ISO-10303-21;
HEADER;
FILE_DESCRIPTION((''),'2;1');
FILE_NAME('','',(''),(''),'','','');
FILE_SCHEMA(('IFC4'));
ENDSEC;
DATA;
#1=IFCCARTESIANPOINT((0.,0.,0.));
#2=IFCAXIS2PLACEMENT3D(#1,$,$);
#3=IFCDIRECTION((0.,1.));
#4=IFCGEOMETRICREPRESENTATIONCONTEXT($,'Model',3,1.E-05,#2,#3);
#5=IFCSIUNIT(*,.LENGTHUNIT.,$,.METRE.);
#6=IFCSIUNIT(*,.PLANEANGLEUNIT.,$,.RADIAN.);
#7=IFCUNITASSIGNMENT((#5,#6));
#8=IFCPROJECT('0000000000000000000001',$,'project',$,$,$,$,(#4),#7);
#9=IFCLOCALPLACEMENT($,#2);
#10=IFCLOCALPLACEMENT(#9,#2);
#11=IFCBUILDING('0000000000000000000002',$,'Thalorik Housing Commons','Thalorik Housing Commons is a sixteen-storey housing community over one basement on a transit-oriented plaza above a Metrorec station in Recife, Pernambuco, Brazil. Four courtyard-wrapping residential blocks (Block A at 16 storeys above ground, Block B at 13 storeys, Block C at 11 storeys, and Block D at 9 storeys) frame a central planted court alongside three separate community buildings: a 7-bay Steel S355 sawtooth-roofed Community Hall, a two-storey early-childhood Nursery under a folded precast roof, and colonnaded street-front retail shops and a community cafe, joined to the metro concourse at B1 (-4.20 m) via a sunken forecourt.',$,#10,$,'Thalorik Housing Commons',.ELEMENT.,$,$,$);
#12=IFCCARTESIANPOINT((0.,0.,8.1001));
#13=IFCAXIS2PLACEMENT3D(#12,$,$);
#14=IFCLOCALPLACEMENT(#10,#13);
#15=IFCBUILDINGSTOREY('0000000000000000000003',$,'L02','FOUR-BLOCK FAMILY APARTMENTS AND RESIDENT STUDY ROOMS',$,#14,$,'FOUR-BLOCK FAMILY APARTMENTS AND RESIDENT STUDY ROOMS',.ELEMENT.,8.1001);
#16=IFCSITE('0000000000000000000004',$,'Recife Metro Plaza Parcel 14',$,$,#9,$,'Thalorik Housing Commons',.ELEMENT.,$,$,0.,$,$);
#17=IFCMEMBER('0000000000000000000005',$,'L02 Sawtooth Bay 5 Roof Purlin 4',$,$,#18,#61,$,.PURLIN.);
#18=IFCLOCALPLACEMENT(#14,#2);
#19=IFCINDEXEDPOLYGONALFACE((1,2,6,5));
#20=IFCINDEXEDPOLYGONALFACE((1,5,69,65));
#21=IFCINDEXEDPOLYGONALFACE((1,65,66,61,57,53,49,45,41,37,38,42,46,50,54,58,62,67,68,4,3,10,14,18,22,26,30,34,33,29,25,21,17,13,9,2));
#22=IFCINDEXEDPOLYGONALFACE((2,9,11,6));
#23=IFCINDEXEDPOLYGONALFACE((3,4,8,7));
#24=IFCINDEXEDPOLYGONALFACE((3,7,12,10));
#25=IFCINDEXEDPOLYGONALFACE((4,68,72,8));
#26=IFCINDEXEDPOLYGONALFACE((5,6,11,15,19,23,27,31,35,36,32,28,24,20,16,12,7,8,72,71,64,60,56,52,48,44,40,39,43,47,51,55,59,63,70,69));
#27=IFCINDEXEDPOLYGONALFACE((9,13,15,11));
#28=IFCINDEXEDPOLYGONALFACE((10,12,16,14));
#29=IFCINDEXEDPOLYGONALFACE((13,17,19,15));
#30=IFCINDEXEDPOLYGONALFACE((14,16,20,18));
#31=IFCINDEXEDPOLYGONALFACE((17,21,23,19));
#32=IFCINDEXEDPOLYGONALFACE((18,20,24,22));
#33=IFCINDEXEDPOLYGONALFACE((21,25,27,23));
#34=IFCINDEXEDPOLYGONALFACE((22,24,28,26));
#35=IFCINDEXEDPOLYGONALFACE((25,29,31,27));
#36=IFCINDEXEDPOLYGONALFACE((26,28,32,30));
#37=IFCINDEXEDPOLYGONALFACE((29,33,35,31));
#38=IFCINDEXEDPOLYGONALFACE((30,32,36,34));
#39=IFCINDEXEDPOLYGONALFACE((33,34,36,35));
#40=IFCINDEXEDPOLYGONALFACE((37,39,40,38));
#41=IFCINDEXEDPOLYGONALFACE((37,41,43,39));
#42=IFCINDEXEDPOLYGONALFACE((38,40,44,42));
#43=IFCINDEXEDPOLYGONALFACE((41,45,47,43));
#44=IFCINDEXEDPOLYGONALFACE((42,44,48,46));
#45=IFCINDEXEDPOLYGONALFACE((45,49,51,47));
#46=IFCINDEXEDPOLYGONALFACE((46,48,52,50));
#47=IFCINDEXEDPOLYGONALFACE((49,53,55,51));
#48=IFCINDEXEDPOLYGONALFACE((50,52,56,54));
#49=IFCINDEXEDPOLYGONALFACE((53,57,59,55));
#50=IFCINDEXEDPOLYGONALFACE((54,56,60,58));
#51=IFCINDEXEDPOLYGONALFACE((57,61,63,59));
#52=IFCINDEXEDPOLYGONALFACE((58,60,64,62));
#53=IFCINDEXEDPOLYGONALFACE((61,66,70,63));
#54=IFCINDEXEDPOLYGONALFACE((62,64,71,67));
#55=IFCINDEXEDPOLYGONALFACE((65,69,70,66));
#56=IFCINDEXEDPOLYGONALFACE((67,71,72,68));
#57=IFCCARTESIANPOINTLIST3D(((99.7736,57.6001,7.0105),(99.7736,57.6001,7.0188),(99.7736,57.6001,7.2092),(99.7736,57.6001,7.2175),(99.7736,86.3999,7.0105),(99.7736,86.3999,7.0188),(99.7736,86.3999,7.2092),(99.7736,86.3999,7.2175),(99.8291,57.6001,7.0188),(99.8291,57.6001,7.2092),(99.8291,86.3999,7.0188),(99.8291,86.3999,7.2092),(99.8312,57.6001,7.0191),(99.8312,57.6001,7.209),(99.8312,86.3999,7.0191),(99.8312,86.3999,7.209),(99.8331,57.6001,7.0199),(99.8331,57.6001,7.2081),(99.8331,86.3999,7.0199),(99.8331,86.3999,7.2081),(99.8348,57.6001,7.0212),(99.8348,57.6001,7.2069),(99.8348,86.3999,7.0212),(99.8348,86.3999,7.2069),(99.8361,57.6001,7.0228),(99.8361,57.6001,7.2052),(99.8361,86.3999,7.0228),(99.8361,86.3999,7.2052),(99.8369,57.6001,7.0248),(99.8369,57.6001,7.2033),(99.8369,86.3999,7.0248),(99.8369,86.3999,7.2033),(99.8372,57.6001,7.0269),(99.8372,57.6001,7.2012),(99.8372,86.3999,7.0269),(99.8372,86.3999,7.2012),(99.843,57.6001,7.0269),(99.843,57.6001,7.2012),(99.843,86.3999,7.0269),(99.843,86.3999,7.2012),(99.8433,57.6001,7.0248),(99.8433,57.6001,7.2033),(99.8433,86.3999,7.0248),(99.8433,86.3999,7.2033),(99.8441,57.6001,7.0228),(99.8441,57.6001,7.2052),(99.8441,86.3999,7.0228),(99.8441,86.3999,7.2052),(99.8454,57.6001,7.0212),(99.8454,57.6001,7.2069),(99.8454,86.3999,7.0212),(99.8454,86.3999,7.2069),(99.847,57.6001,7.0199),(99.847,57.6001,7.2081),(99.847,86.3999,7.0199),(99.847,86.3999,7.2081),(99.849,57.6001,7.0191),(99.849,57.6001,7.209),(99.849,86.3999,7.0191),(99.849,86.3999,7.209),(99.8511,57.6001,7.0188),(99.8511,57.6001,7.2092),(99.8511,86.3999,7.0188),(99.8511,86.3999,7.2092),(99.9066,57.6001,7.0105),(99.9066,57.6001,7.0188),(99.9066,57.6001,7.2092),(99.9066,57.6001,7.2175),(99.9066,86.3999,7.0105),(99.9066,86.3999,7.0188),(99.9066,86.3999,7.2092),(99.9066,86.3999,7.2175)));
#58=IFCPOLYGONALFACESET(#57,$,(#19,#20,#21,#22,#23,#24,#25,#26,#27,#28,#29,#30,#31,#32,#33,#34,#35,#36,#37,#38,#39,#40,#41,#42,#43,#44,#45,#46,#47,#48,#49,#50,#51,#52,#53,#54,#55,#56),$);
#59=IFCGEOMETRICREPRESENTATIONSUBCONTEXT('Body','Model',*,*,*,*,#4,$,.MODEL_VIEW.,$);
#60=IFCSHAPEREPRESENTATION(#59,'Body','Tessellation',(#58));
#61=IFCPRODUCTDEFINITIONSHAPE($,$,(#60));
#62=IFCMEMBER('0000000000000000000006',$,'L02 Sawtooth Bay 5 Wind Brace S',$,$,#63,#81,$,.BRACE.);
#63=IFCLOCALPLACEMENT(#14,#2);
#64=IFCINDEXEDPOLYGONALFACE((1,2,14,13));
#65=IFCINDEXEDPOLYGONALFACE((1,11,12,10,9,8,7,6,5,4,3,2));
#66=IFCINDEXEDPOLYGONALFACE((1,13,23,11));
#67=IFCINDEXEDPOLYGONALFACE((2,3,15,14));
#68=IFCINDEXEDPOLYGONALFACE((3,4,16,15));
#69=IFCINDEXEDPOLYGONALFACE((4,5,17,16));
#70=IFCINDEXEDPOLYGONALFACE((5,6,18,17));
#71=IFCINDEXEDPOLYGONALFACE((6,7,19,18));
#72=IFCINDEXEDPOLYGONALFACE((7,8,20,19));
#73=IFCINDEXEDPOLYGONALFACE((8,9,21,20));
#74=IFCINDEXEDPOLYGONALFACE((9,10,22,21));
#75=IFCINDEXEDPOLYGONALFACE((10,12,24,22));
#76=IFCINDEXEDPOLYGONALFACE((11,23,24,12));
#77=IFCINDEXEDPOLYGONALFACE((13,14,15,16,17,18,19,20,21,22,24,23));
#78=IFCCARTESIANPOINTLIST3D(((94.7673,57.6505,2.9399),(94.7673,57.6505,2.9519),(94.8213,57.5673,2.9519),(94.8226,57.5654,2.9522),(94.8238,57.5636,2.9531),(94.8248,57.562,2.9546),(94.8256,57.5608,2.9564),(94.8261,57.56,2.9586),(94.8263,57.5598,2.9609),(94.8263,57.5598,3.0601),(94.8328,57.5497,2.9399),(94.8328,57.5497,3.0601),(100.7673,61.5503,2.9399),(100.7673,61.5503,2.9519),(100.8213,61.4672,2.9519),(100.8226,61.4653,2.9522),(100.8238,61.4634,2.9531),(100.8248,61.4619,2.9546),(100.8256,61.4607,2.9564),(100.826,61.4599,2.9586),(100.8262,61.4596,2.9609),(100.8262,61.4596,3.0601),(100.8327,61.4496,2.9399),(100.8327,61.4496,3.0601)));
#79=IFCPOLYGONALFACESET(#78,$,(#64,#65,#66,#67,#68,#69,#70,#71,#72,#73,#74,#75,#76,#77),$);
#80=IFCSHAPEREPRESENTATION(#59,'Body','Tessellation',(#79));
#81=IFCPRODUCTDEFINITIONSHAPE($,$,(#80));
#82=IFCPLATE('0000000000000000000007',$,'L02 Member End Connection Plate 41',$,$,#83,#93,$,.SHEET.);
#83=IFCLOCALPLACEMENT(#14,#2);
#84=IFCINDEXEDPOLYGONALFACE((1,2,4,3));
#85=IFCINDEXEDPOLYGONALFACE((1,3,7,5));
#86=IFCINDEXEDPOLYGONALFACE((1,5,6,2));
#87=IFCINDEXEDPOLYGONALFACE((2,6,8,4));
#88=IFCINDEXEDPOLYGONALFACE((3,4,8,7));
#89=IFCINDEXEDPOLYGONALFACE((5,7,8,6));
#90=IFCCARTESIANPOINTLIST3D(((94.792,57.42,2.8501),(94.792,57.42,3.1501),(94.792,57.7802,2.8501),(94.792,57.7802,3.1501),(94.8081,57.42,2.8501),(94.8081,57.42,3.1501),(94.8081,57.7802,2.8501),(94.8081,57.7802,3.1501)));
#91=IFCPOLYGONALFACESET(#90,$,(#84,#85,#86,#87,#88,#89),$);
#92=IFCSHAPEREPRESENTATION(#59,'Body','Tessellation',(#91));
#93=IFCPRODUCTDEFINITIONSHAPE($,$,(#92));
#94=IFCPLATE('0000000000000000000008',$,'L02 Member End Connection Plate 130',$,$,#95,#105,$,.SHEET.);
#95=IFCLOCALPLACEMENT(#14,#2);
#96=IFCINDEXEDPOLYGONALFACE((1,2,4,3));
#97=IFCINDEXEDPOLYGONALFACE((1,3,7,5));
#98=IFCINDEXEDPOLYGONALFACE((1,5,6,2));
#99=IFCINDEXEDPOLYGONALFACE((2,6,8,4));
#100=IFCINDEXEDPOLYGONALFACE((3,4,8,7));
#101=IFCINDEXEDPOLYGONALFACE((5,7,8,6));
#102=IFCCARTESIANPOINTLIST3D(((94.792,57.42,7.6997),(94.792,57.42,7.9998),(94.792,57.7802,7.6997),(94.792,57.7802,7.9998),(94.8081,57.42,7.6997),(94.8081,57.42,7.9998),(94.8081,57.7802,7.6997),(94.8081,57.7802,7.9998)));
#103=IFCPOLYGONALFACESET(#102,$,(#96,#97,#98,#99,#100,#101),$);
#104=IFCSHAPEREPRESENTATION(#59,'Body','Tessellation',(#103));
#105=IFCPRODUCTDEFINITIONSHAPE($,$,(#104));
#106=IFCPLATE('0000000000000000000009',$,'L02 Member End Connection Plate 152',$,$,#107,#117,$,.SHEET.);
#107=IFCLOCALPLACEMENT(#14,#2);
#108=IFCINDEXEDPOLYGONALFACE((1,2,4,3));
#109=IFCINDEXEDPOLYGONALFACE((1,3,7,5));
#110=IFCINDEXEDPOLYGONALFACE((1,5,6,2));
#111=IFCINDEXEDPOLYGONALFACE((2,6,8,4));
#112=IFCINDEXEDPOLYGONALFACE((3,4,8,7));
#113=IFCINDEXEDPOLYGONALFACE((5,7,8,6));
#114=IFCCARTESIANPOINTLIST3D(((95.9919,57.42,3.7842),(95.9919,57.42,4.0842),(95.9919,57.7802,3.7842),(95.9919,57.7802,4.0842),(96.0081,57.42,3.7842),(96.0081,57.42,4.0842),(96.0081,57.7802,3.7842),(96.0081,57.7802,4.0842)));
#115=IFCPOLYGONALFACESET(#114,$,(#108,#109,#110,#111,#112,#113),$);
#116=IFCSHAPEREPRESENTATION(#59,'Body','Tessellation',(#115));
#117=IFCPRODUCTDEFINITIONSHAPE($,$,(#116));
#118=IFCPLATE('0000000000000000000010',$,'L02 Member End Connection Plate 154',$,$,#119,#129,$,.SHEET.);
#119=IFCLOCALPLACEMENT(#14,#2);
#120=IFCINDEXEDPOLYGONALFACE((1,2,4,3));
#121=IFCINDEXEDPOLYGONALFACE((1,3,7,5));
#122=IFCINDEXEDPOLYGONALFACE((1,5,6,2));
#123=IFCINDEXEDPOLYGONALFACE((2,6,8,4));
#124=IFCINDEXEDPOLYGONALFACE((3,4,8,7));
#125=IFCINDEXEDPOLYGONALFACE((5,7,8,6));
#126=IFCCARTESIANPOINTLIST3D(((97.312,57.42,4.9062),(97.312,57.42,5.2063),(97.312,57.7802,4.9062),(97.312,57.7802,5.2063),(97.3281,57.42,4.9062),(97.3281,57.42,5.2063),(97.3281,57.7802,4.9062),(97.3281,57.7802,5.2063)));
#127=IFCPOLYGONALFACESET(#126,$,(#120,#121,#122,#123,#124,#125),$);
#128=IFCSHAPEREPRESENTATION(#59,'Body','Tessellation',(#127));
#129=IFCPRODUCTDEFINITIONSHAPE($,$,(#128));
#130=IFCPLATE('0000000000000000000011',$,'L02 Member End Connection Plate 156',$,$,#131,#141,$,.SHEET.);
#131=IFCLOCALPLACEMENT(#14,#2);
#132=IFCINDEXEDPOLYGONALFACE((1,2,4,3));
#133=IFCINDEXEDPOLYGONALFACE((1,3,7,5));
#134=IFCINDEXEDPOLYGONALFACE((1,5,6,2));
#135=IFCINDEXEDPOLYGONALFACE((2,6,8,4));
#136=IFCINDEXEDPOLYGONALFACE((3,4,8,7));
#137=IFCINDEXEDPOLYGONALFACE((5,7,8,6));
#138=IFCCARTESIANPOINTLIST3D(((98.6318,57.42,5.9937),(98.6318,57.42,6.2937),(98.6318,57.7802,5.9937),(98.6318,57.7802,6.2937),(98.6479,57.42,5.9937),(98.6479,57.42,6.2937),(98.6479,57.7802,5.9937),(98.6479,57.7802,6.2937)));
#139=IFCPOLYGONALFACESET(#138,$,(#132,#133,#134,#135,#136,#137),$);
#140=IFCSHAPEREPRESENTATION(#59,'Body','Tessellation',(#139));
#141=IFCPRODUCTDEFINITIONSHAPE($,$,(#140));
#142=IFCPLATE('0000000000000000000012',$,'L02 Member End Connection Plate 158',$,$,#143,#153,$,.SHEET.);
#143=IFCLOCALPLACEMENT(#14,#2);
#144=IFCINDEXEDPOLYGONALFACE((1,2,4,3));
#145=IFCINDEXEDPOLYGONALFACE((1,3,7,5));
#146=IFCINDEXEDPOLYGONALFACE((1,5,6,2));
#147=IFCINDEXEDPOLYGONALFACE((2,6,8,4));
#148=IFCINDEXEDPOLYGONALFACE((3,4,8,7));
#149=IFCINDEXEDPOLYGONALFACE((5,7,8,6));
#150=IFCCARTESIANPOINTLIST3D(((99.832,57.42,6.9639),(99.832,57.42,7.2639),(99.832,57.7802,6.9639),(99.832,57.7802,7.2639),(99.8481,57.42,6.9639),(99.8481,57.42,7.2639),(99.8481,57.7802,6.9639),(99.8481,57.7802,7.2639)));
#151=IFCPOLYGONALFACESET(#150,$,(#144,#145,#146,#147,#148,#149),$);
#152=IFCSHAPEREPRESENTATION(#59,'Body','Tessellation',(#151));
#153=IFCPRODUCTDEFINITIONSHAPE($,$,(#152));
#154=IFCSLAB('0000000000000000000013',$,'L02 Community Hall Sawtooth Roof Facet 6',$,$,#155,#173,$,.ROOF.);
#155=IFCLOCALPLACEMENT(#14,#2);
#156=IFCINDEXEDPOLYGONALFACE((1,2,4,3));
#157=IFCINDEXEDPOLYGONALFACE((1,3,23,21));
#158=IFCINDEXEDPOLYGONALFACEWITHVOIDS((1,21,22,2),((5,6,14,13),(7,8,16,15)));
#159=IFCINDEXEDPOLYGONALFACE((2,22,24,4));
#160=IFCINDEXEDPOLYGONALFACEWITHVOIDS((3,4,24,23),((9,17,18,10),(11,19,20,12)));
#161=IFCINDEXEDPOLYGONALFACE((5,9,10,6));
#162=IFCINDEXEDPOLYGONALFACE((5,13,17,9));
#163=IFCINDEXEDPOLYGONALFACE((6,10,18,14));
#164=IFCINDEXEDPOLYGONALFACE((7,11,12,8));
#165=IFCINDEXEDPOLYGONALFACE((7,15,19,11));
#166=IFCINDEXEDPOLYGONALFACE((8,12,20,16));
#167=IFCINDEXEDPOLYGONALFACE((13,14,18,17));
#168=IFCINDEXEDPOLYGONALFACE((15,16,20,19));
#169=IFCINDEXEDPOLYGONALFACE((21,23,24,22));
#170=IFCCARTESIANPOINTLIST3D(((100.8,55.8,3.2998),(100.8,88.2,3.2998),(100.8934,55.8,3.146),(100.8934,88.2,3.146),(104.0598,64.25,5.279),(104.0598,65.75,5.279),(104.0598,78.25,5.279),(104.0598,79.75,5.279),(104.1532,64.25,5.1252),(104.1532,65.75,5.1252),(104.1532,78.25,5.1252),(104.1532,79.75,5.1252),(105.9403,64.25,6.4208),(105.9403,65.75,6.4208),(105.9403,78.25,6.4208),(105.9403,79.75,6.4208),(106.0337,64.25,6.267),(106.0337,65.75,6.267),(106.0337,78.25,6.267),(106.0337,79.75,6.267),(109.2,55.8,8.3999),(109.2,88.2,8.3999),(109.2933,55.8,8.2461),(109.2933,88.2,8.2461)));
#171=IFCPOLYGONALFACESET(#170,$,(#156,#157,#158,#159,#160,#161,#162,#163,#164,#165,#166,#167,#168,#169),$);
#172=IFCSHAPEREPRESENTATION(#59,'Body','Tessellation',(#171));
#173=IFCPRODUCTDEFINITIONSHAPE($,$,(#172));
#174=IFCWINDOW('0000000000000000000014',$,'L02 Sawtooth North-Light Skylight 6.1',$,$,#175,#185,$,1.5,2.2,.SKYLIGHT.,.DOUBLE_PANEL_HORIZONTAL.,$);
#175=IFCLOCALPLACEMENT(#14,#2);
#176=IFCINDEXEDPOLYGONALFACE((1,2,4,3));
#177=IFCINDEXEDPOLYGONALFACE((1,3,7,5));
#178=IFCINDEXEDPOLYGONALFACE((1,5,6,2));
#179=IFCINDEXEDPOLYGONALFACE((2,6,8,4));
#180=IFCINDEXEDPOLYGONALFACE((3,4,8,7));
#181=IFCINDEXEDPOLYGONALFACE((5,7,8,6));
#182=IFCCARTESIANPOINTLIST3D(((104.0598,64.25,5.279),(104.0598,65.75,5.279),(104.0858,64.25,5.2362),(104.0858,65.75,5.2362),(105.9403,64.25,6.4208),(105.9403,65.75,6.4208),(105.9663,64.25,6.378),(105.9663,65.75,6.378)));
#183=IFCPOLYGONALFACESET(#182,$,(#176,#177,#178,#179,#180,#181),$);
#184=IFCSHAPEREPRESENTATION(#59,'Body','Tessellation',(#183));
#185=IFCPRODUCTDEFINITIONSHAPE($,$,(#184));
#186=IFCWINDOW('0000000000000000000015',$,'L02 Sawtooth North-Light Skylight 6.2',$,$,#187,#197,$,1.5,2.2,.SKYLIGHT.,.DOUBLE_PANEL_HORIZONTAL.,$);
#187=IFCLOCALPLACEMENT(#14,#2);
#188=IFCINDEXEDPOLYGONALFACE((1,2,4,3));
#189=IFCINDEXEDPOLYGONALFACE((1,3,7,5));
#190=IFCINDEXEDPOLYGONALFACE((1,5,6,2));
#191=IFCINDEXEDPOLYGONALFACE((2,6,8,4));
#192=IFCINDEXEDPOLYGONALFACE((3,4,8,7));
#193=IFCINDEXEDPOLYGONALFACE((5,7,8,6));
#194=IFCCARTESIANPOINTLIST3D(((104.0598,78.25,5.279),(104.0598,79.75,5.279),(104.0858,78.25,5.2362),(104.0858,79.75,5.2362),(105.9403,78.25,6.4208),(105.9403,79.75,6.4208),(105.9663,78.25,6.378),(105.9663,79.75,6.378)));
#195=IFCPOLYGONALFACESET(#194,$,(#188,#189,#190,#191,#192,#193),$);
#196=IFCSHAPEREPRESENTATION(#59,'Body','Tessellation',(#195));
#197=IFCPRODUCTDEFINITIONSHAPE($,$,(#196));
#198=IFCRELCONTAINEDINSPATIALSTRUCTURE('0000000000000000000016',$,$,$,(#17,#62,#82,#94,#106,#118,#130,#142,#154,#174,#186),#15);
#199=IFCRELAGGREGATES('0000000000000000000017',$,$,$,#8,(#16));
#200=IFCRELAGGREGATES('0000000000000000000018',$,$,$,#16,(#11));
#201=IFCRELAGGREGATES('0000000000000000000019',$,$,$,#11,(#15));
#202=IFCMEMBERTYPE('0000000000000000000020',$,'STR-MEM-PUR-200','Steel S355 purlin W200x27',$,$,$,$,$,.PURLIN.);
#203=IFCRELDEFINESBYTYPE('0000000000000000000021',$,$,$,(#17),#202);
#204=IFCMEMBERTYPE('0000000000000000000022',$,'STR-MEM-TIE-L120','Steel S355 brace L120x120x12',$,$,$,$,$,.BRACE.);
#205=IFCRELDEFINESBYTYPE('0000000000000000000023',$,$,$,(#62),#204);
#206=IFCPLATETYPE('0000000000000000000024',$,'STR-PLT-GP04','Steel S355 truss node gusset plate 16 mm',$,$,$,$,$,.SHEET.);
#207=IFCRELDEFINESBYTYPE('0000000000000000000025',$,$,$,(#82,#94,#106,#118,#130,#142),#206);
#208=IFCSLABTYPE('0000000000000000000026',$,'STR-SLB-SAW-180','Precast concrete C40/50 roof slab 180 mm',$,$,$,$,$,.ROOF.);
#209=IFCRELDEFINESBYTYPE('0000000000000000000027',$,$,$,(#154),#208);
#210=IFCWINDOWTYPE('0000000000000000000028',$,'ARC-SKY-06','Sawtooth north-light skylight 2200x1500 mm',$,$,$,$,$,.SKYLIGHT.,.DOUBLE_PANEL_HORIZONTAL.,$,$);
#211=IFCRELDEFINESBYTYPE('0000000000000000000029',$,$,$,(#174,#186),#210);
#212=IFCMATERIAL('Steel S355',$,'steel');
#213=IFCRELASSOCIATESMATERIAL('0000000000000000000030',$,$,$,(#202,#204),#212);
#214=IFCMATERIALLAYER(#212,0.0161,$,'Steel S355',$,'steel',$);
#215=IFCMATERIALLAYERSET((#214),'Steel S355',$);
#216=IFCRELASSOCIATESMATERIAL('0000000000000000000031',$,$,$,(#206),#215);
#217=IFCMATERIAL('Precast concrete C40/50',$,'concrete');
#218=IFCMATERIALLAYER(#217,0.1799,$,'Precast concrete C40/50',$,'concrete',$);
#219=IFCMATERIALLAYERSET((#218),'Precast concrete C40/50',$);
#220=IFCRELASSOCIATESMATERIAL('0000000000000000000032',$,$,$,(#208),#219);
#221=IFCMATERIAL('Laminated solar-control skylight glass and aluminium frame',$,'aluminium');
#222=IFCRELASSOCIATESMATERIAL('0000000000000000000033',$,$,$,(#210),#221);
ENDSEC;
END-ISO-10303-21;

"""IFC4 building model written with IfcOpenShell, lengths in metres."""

from ifc_helpers import new_model, si_unit, direction, frame, origin, origin_2d, place, context, subcontext, project, spatial, polyline, rectangle, i_section, l_section, outline, extrude, material, layer, layer_set, material_profile, profile_set, type_object, element, fill, save


model = new_model("IFC4")

# Units and contexts
model_context = context("Model", 3, precision=1e-05, world=origin(), true_north=direction((0.0, 1.0)))
body_context = subcontext(model_context, "Body", "Model", "MODEL_VIEW")
ifc_project = project(units=[si_unit("LENGTHUNIT", "METRE"), si_unit("PLANEANGLEUNIT", "RADIAN")], contexts=[model_context])

# Site, building, storey
site_placement = place(None, origin())
site = spatial("IfcSite", under=ifc_project, at=site_placement, Name="Recife Metro Plaza Parcel 14", LongName="Thalorik Housing Commons", CompositionType="ELEMENT", RefElevation=0.0)
building_placement = place(site_placement, origin())
building = spatial("IfcBuilding", under=site, at=building_placement, Name="Thalorik Housing Commons", Description="Thalorik Housing Commons is a sixteen-storey housing community over one basement on a transit-oriented plaza above a Metrorec station in Recife, Pernambuco, Brazil. Four courtyard-wrapping residential blocks (Block A at 16 storeys above ground, Block B at 13 storeys, Block C at 11 storeys, and Block D at 9 storeys) frame a central planted court alongside three separate community buildings: a 7-bay Steel S355 sawtooth-roofed Community Hall, a two-storey early-childhood Nursery under a folded precast roof, and colonnaded street-front retail shops and a community cafe, joined to the metro concourse at B1 (-4.20 m) via a sunken forecourt.", LongName="Thalorik Housing Commons", CompositionType="ELEMENT")
storey_placement = place(building_placement, frame((0.0, 0.0, 8.1001)))
storey = spatial("IfcBuildingStorey", under=building, at=storey_placement, Name="L02", Description="FOUR-BLOCK FAMILY APARTMENTS AND RESIDENT STUDY ROOMS", LongName="FOUR-BLOCK FAMILY APARTMENTS AND RESIDENT STUDY ROOMS", CompositionType="ELEMENT", Elevation=8.1001)

# Shared definitions
ifc_material_1 = material(Name="Steel S355", Category="steel")

# Members
ifc_material_profile_1 = material_profile(ifc_material_1, i_section(OverallWidth=0.1331, OverallDepth=0.207, WebThickness=0.0059, FlangeThickness=0.0083, FilletRadius=0.0081, at=origin_2d()), Name="W200x27", Category="steel")
ifc_profile_set_1 = profile_set([ifc_material_profile_1], Name="Steel S355")
member_type_1 = type_object("IfcMemberType", Name="STR-MEM-PUR-200", Description="Steel S355 purlin W200x27", PredefinedType="PURLIN", material=ifc_profile_set_1)
for number, where, z_axis, x_axis, name in (
    (1, (99.8401, 57.6001, 7.114), (0.0, 1.0, 0.0), (-1.0, 0.0, 0.0), "L02 Sawtooth Bay 5 Roof Purlin 4"),
):
    element("IfcMember", number, at=place(storey_placement, frame(where, z_axis=z_axis, x_axis=x_axis)), inside=storey, type_object=member_type_1, Name=name, PredefinedType="PURLIN", context=body_context, shape_type="SweptSolid", body=[
        extrude(i_section(OverallWidth=0.1331, OverallDepth=0.207, WebThickness=0.0059, FlangeThickness=0.0083, FilletRadius=0.0081, at=origin_2d()), origin(), (0.0, 0.0, 1.0), 28.7998),
    ])
ifc_material_profile_2 = material_profile(ifc_material_1, l_section(Depth=0.1201, Width=0.1201, Thickness=0.012, FilletRadius=0.009, at=origin_2d()), Name="L120x120x12", Category="steel")
ifc_profile_set_2 = profile_set([ifc_material_profile_2], Name="Steel S355")
member_type_2 = type_object("IfcMemberType", Name="STR-MEM-TIE-L120", Description="Steel S355 brace L120x120x12", PredefinedType="BRACE", material=ifc_profile_set_2)
member_placement = place(storey_placement, frame((94.8, 57.6001, 3.0), z_axis=(0.83845, 0.544979, 0.0), x_axis=(-0.544979, 0.83845, 0.0)))
element("IfcMember", 2, at=member_placement, inside=storey, type_object=member_type_2, Name="L02 Sawtooth Bay 5 Wind Brace S", PredefinedType="BRACE", context=body_context, shape_type="SweptSolid", body=[
    extrude(l_section(Depth=0.1201, Width=0.1201, Thickness=0.012, FilletRadius=0.009, at=origin_2d()), origin(), (0.0, 0.0, 1.0), 7.156),
])

# Plates
ifc_layer_1 = layer(ifc_material_1, 0.0161, Name="Steel S355", Category="steel")
ifc_layer_set_1 = layer_set([ifc_layer_1], Name="Steel S355")
plate_type = type_object("IfcPlateType", Name="STR-PLT-GP04", Description="Steel S355 truss node gusset plate 16 mm", PredefinedType="SHEET", material=ifc_layer_set_1)
for number, where, z_axis, x_axis, name in (
    (3, (94.8, 57.6001, 2.8501), (0.0, 0.0, 1.0), (1.0, 0.0, 0.0), "L02 Member End Connection Plate 41"),
    (4, (94.8, 57.6001, 7.6997), (0.0, 0.0, 1.0), (1.0, 0.0, 0.0), "L02 Member End Connection Plate 130"),
    (5, (96.0, 57.6001, 3.7842), (0.0, 0.0, 1.0), (1.0, 0.0, 0.0), "L02 Member End Connection Plate 152"),
    (6, (97.3201, 57.6001, 4.9062), (0.0, 0.0, 1.0), (1.0, 0.0, 0.0), "L02 Member End Connection Plate 154"),
    (7, (98.6399, 57.6001, 5.9937), (0.0, 0.0, 1.0), (1.0, 0.0, 0.0), "L02 Member End Connection Plate 156"),
    (8, (99.8401, 57.6001, 6.9639), (0.0, 0.0, 1.0), (1.0, 0.0, 0.0), "L02 Member End Connection Plate 158"),
):
    element("IfcPlate", number, at=place(storey_placement, frame(where, z_axis=z_axis, x_axis=x_axis)), inside=storey, type_object=plate_type, Name=name, PredefinedType="SHEET", context=body_context, shape_type="SweptSolid", body=[
        extrude(rectangle(XDim=0.0161, YDim=0.3601, at=origin_2d()), origin(), (0.0, 0.0, 1.0), 0.3),
    ])

# Slab, openings, windows
ifc_material_2 = material(Name="Precast concrete C40/50", Category="concrete")
ifc_layer_2 = layer(ifc_material_2, 0.1799, Name="Precast concrete C40/50", Category="concrete")
ifc_layer_set_2 = layer_set([ifc_layer_2], Name="Precast concrete C40/50")
slab_type = type_object("IfcSlabType", Name="STR-SLB-SAW-180", Description="Precast concrete C40/50 roof slab 180 mm", PredefinedType="ROOF", material=ifc_layer_set_2)
slab_1_placement = place(storey_placement, frame((100.8, 55.8, 3.2998), z_axis=(-0.51899, 0.0, 0.85478), x_axis=(0.85478, 0.0, 0.51899)))
slab_1 = element("IfcSlab", 9, at=slab_1_placement, inside=storey, type_object=slab_type, Name="L02 Community Hall Sawtooth Roof Facet 6", PredefinedType="ROOF", context=body_context, shape_type="SweptSolid", body=[
    extrude(outline(polyline([(0.0, 0.0), (9.827, 0.0), (9.827, 32.3999), (0.0, 32.3999), (0.0, 0.0)])), origin(), (0.0, 0.0, -1.0), 0.1799),
])
opening_1_placement = place(slab_1_placement, frame((4.9136, 9.2, 0.01), z_axis=(0.0, 0.0, -1.0), x_axis=(1.0, 0.0, 0.0)))
opening_1 = element("IfcOpeningElement", 10, at=opening_1_placement, cuts=slab_1, PredefinedType="OPENING", context=body_context, shape_type="SweptSolid", body=[
    extrude(rectangle(XDim=2.2, YDim=1.5, at=origin_2d()), origin(), (0.0, 0.0, 1.0), 0.2),
])
opening_2_placement = place(slab_1_placement, frame((4.9136, 23.2, 0.01), z_axis=(0.0, 0.0, -1.0), x_axis=(1.0, 0.0, 0.0)))
opening_2 = element("IfcOpeningElement", 11, at=opening_2_placement, cuts=slab_1, PredefinedType="OPENING", context=body_context, shape_type="SweptSolid", body=[
    extrude(rectangle(XDim=2.2, YDim=1.5, at=origin_2d()), origin(), (0.0, 0.0, 1.0), 0.2),
])
ifc_material_3 = material(Name="Laminated solar-control skylight glass and aluminium frame", Category="aluminium")
window_type_1 = type_object("IfcWindowType", Name="ARC-SKY-06", Description="Sawtooth north-light skylight 2200x1500 mm", PartitioningType="DOUBLE_PANEL_HORIZONTAL", PredefinedType="SKYLIGHT", material=ifc_material_3)
window_1_placement = place(opening_1_placement, frame((0.0, 0.0, 0.01)))
window_1 = element("IfcWindow", 12, at=window_1_placement, inside=storey, type_object=window_type_1, Name="L02 Sawtooth North-Light Skylight 6.1", OverallHeight=1.5, OverallWidth=2.2, PartitioningType="DOUBLE_PANEL_HORIZONTAL", PredefinedType="SKYLIGHT", context=body_context, shape_type="SweptSolid", body=[
    extrude(rectangle(XDim=2.2, YDim=1.5, at=origin_2d()), origin(), (0.0, 0.0, 1.0), 0.05),
])
fill(opening_1, window_1)
window_2_placement = place(opening_2_placement, frame((0.0, 0.0, 0.01)))
window_2 = element("IfcWindow", 13, at=window_2_placement, inside=storey, type_object=window_type_1, Name="L02 Sawtooth North-Light Skylight 6.2", OverallHeight=1.5, OverallWidth=2.2, PartitioningType="DOUBLE_PANEL_HORIZONTAL", PredefinedType="SKYLIGHT", context=body_context, shape_type="SweptSolid", body=[
    extrude(rectangle(XDim=2.2, YDim=1.5, at=origin_2d()), origin(), (0.0, 0.0, 1.0), 0.05),
])
fill(opening_2, window_2)

save(model, "model.ifc")
